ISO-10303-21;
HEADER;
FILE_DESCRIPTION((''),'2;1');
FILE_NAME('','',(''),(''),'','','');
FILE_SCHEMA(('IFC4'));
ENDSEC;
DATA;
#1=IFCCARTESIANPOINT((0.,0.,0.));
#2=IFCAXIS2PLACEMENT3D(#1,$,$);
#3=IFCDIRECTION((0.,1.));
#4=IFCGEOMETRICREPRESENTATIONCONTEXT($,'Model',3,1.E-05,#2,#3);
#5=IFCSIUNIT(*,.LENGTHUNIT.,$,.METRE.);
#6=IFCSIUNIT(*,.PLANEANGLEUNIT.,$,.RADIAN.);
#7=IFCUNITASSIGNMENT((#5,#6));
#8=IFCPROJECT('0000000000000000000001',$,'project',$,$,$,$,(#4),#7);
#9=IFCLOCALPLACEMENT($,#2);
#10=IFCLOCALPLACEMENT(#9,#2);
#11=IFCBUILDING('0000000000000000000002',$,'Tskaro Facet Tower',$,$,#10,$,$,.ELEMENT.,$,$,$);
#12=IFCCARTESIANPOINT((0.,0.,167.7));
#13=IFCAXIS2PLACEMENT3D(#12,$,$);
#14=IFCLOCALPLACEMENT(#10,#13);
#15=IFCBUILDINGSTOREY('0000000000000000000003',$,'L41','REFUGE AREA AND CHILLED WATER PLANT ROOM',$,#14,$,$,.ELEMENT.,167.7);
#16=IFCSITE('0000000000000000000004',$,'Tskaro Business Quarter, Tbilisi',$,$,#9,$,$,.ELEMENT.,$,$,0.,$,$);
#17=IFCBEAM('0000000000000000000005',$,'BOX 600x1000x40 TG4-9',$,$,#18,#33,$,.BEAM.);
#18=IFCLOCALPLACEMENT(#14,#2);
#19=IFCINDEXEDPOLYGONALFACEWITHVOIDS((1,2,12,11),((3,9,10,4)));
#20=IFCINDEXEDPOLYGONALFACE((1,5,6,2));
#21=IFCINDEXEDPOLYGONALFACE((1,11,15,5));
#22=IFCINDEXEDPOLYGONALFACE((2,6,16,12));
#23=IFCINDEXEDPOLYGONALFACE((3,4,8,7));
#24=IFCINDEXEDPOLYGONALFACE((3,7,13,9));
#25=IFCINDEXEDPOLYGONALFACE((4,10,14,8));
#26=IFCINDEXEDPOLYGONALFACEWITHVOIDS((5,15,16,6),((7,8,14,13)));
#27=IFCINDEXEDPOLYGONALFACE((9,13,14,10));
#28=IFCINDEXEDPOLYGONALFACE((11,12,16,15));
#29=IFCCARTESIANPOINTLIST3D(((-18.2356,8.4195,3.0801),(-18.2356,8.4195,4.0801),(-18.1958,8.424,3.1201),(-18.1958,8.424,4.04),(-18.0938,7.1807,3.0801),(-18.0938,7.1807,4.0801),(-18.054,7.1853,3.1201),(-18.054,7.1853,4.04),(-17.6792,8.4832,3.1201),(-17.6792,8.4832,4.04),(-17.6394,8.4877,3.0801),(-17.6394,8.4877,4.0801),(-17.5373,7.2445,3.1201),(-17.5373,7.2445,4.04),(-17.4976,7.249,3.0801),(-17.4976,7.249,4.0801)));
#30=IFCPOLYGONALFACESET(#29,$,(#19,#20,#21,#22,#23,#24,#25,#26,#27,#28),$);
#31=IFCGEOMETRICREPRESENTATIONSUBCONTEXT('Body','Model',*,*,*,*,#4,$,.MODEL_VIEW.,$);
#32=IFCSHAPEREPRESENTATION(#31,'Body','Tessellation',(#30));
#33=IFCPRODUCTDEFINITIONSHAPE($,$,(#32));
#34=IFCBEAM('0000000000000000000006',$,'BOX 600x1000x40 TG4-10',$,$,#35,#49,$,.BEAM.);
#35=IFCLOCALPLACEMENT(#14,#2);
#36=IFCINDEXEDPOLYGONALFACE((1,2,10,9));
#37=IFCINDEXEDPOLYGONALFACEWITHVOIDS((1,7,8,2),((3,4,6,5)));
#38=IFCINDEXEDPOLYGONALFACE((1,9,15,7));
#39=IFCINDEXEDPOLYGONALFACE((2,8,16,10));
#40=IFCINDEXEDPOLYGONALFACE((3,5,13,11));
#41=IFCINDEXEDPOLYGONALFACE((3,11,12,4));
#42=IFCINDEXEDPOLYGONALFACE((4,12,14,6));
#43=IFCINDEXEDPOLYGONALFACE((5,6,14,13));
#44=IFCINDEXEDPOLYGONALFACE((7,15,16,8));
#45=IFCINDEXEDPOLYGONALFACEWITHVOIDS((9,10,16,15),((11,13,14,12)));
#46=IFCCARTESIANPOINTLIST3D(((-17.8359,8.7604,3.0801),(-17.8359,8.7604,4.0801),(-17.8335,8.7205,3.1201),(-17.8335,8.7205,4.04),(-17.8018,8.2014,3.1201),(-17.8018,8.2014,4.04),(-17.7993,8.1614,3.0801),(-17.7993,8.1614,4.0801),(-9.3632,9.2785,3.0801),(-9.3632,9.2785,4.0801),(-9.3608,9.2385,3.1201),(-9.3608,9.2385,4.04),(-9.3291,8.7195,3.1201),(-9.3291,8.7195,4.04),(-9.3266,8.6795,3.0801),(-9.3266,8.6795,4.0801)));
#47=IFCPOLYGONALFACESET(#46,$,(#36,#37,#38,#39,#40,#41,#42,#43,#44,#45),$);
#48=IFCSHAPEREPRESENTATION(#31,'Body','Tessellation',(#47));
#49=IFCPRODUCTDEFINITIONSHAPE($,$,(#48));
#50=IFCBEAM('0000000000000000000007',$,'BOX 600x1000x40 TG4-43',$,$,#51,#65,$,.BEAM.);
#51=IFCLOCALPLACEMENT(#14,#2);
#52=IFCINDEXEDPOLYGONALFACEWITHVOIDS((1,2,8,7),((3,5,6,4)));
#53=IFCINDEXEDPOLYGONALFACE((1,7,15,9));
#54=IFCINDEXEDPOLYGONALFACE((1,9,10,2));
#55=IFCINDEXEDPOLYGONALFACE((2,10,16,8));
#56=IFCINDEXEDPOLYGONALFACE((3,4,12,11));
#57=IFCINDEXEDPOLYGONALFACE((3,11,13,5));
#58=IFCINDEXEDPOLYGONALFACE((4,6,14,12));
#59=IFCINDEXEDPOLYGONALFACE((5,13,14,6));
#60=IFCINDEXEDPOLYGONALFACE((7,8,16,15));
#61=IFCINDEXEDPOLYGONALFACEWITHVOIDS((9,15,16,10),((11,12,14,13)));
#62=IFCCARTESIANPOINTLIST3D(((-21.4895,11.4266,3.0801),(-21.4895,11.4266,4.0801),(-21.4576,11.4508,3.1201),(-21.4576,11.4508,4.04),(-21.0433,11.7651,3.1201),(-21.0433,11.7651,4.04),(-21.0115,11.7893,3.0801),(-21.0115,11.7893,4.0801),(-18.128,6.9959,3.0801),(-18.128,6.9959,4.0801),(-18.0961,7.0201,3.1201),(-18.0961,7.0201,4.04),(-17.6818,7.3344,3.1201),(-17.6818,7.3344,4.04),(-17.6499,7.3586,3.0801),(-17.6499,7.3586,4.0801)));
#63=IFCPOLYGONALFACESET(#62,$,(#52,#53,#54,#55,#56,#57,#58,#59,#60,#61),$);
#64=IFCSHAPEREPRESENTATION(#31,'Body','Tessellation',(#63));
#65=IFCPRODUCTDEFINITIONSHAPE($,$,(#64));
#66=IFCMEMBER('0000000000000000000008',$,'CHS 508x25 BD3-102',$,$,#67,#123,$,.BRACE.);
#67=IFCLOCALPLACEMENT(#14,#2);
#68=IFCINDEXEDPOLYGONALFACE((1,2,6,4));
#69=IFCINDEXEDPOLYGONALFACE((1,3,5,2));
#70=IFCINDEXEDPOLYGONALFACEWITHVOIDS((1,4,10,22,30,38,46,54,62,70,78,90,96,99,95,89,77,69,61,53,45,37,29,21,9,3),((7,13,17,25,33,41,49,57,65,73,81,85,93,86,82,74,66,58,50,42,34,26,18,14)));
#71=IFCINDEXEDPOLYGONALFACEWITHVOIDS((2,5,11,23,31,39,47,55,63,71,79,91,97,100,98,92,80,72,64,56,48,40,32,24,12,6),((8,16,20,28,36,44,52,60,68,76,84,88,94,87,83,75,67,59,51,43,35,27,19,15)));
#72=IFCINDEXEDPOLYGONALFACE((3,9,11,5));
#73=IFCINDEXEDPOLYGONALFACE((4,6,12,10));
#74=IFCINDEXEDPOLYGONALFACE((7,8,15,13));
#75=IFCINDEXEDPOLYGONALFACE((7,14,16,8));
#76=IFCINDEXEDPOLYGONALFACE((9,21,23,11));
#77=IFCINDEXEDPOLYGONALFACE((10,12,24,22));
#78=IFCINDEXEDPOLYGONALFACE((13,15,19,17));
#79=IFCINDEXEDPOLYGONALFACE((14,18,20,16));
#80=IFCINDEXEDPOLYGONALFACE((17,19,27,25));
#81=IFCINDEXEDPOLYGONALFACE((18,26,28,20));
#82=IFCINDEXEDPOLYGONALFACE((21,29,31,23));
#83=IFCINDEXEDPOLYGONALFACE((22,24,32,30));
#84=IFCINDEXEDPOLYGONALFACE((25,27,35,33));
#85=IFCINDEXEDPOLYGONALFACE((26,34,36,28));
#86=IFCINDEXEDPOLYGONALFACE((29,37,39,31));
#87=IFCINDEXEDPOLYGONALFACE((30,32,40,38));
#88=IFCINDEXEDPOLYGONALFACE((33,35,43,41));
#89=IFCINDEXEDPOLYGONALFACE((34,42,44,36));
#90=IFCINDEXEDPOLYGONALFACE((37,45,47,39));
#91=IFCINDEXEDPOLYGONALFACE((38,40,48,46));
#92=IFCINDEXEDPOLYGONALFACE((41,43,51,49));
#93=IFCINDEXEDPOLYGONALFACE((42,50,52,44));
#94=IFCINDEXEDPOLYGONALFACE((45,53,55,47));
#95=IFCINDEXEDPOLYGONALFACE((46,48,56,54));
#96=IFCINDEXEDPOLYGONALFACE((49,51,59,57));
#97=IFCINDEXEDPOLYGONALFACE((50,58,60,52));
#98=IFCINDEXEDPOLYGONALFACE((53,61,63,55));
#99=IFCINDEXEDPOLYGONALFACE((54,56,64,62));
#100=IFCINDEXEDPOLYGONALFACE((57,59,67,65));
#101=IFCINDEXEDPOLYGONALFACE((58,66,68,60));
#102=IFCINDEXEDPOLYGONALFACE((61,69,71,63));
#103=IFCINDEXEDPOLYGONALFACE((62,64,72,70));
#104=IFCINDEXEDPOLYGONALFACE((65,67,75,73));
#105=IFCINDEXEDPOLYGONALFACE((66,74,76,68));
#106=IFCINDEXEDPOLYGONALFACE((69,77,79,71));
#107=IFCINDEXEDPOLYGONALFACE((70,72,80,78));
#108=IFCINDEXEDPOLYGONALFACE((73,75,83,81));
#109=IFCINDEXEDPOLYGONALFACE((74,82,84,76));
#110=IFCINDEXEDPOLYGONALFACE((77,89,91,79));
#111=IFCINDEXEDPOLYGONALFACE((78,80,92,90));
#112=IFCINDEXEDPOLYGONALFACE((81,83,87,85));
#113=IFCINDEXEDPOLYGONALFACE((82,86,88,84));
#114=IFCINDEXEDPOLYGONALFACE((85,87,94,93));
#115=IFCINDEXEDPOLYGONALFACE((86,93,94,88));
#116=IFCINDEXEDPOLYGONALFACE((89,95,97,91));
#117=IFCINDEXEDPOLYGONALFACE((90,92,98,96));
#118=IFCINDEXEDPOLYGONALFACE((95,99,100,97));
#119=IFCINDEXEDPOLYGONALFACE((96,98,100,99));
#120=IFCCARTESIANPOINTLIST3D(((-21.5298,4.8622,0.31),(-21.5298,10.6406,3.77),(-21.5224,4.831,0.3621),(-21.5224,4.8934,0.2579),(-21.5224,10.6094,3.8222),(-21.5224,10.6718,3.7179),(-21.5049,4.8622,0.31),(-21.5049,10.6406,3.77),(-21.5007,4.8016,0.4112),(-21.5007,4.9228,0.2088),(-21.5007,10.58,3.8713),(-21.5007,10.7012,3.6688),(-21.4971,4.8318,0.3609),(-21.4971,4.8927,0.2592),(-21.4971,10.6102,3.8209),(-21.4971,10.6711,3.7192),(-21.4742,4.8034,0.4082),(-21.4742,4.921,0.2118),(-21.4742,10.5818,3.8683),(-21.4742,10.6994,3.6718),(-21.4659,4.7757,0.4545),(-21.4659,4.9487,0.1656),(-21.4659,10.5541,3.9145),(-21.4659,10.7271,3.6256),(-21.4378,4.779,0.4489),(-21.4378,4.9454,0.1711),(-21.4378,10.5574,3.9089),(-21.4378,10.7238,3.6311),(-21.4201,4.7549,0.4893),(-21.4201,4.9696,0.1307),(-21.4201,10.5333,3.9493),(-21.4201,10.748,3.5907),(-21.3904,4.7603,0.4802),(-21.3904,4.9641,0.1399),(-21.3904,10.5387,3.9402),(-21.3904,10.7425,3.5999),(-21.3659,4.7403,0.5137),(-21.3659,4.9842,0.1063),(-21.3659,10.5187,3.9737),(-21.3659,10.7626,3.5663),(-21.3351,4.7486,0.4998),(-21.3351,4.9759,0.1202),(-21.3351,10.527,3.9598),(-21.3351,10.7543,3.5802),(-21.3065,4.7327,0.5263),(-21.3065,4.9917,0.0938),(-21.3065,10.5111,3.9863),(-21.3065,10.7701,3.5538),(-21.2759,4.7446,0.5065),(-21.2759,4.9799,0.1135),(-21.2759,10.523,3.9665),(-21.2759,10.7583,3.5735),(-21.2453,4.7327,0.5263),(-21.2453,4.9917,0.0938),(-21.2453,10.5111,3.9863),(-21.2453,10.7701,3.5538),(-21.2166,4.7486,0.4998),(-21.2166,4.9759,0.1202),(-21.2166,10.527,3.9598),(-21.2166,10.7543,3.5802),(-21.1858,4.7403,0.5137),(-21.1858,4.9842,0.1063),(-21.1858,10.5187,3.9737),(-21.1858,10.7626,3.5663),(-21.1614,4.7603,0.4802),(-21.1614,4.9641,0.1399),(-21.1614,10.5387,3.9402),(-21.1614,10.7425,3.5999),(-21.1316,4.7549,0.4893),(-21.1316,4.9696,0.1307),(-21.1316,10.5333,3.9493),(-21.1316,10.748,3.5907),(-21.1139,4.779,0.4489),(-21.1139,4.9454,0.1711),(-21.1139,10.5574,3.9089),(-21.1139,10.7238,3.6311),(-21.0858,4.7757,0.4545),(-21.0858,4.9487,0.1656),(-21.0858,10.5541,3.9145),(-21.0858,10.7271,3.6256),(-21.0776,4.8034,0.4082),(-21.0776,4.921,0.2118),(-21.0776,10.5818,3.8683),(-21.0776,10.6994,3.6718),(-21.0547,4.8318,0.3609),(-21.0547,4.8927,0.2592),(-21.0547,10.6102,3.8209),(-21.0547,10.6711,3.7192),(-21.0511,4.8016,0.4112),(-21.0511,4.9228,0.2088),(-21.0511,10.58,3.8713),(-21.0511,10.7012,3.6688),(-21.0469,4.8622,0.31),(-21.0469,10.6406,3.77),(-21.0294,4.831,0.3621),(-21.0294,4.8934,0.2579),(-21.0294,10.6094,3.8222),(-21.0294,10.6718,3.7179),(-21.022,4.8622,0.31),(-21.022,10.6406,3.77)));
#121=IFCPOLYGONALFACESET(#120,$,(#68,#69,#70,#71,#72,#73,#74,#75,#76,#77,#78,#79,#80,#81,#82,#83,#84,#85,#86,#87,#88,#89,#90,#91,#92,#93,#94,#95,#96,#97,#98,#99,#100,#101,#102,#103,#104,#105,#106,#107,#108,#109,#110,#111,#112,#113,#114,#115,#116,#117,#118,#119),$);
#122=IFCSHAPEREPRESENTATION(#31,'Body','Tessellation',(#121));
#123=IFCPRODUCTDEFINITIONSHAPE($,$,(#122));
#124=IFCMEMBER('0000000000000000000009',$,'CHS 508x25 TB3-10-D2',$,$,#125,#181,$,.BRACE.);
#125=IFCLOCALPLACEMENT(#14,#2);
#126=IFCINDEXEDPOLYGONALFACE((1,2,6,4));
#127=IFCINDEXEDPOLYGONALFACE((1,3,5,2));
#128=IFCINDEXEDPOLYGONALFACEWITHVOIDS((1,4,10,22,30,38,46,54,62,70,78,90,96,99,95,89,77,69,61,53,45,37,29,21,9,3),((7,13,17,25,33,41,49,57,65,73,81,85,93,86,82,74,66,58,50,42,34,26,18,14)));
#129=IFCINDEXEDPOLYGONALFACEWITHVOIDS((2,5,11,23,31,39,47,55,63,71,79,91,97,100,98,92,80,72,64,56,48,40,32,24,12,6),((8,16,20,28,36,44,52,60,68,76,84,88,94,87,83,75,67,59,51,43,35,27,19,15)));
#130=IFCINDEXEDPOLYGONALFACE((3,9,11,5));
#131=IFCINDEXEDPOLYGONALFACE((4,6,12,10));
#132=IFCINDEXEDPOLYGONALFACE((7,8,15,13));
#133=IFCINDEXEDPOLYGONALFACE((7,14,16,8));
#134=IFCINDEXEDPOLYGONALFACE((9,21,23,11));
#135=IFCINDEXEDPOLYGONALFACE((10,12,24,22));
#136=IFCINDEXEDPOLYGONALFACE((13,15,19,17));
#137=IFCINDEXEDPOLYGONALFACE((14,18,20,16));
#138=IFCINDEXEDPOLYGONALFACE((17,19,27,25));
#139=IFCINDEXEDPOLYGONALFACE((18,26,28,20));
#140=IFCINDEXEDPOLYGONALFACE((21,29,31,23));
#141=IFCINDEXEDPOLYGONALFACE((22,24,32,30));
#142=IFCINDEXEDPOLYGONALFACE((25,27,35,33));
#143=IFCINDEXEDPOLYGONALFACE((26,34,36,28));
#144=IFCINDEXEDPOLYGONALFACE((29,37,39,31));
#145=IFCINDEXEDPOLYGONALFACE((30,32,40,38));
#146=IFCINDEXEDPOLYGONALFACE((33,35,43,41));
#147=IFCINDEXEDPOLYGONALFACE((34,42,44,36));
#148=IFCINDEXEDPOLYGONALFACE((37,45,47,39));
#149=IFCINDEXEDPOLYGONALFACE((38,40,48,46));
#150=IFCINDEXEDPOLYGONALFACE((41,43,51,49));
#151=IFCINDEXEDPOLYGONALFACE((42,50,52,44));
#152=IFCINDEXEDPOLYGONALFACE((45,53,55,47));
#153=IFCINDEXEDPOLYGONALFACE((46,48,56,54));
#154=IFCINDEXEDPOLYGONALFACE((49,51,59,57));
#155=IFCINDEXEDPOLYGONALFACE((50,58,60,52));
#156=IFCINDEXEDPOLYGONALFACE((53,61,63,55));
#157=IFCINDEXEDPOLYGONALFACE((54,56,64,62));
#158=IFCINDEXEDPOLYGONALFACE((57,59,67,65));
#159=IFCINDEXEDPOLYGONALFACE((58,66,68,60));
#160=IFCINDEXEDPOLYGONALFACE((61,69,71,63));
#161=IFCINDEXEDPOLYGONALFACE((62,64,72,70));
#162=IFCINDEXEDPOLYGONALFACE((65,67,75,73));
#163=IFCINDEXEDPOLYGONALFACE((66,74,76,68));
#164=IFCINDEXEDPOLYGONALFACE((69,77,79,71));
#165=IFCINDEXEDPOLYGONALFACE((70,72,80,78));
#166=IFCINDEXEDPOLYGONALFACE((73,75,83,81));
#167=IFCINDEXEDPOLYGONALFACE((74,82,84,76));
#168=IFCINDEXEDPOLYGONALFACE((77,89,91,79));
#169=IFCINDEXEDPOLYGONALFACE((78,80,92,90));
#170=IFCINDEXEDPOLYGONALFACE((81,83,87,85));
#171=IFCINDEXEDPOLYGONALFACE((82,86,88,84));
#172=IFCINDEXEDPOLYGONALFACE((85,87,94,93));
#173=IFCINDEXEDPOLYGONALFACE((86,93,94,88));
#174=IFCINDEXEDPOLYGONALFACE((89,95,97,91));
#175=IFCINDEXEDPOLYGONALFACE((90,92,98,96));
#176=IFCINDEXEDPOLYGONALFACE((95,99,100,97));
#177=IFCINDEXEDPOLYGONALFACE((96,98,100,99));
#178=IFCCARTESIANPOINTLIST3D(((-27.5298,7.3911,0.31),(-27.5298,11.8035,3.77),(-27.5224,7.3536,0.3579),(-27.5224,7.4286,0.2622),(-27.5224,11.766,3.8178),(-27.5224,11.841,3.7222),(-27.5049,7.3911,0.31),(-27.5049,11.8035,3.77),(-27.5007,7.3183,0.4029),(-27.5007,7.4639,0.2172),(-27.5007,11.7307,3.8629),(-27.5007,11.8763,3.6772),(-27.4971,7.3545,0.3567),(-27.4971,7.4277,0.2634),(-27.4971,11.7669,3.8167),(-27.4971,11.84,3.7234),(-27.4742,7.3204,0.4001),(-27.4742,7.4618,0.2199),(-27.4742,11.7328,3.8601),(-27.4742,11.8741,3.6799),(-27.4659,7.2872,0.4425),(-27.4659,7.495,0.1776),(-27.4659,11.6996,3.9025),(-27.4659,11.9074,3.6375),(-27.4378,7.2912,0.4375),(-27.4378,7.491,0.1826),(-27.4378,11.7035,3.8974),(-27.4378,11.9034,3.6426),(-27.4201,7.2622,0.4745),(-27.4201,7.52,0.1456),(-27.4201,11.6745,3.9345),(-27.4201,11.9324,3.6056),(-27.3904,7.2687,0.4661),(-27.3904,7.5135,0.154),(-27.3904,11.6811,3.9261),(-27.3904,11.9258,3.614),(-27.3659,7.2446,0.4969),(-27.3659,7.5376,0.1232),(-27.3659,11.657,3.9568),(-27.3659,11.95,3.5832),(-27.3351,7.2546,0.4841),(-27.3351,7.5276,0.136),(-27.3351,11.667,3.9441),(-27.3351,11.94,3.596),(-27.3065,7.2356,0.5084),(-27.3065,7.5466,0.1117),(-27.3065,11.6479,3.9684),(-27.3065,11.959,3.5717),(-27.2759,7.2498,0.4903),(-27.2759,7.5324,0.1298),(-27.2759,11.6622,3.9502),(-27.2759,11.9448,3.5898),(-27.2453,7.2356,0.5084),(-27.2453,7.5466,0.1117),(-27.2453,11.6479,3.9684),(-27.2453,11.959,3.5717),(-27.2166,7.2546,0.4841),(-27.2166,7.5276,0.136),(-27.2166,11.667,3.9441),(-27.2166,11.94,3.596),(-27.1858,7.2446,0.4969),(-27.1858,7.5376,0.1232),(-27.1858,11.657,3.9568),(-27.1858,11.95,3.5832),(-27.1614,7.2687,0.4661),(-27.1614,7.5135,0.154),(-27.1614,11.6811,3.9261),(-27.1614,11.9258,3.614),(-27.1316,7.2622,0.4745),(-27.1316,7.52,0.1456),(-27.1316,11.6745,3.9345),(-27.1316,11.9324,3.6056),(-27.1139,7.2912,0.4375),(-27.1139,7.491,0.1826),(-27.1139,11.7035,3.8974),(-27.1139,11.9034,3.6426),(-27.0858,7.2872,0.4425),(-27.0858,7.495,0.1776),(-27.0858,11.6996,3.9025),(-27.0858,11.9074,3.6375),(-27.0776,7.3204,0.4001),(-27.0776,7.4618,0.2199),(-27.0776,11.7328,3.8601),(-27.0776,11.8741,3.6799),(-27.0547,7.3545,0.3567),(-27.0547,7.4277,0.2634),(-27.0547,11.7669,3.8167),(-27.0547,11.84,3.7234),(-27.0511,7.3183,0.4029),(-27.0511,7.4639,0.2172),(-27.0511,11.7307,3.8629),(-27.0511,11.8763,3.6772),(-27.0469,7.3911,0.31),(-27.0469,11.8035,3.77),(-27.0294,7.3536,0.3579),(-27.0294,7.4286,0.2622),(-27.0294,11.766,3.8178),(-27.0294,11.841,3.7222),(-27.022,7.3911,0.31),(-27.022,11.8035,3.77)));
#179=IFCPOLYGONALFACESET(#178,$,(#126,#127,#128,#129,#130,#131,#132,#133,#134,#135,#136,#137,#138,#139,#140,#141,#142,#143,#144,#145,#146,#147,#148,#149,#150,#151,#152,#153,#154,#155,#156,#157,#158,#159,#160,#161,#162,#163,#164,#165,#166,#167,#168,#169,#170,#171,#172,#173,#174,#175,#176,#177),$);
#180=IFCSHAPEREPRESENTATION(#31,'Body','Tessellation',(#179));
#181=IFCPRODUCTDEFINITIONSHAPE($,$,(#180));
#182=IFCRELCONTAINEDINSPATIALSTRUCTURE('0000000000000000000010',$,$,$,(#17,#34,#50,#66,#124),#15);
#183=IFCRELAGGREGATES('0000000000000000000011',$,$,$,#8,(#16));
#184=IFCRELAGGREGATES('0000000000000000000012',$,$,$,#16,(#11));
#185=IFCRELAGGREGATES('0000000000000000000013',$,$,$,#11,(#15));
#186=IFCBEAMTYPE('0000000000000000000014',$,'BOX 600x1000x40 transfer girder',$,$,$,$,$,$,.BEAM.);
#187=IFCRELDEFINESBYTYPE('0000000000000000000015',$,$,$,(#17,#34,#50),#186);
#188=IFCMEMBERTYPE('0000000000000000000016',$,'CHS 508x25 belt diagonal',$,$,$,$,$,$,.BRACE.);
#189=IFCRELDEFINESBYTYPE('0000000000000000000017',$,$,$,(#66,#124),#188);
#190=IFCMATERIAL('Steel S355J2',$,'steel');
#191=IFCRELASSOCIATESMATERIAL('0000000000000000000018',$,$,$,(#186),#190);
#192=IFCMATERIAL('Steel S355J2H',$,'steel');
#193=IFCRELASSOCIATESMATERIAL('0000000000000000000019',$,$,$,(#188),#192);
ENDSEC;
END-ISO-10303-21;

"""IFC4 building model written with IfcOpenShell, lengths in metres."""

from ifc_helpers import new_model, si_unit, direction, frame, origin, origin_2d, place, context, subcontext, project, spatial, hollow_rectangle, hollow_circle, extrude, material, material_profile, profile_set, type_object, element, save


model = new_model("IFC4")

# Units and contexts
model_context = context("Model", 3, precision=1e-05, world=origin(), true_north=direction((0.0, 1.0)))
body_context = subcontext(model_context, "Body", "Model", "MODEL_VIEW")
ifc_project = project(units=[si_unit("LENGTHUNIT", "METRE"), si_unit("PLANEANGLEUNIT", "RADIAN")], contexts=[model_context])

# Site, building, storey
site_placement = place(None, origin())
site = spatial("IfcSite", under=ifc_project, at=site_placement, Name="Tskaro Business Quarter, Tbilisi", CompositionType="ELEMENT", RefElevation=0.0)
building_placement = place(site_placement, origin())
building = spatial("IfcBuilding", under=site, at=building_placement, Name="Tskaro Facet Tower", CompositionType="ELEMENT")
storey_placement = place(building_placement, frame((0.0, 0.0, 167.7)))
storey = spatial("IfcBuildingStorey", under=building, at=storey_placement, Name="L41", Description="REFUGE AREA AND CHILLED WATER PLANT ROOM", CompositionType="ELEMENT", Elevation=167.7)

# Beams
ifc_material_1 = material(Name="Steel S355J2", Category="steel")
ifc_material_profile_1 = material_profile(ifc_material_1, hollow_rectangle(XDim=0.6001, YDim=1.0, WallThickness=0.04, at=origin_2d()), Name="BOX 600x1000x40")
ifc_profile_set_1 = profile_set([ifc_material_profile_1], Name="Steel S355J2")
beam_type_1 = type_object("IfcBeamType", Name="BOX 600x1000x40 transfer girder", PredefinedType="BEAM", material=ifc_profile_set_1)
beam_1_placement = place(storey_placement, frame((-17.9375, 8.4536, 3.5801), z_axis=(0.113762, -0.993508, 0.0), x_axis=(0.993508, 0.113762, 0.0)))
element("IfcBeam", 1, at=beam_1_placement, inside=storey, type_object=beam_type_1, Name="BOX 600x1000x40 TG4-9", PredefinedType="BEAM", context=body_context, shape_type="SweptSolid", body=[
    extrude(hollow_rectangle(XDim=0.6001, YDim=1.0, WallThickness=0.04, at=origin_2d()), origin(), (0.0, 0.0, 1.0), 1.2468),
])
beam_2_placement = place(storey_placement, frame((-17.8176, 8.4609, 3.5801), z_axis=(0.998136, 0.061032, 0.0), x_axis=(-0.061032, 0.998136, 0.0)))
element("IfcBeam", 2, at=beam_2_placement, inside=storey, type_object=beam_type_1, Name="BOX 600x1000x40 TG4-10", PredefinedType="BEAM", context=body_context, shape_type="SweptSolid", body=[
    extrude(hollow_rectangle(XDim=0.6001, YDim=1.0, WallThickness=0.04, at=origin_2d()), origin(), (0.0, 0.0, 1.0), 8.4885),
])
beam_3_placement = place(storey_placement, frame((-21.2505, 11.6079, 3.5801), z_axis=(0.60443, -0.796658, 0.0), x_axis=(0.796658, 0.60443, 0.0)))
element("IfcBeam", 3, at=beam_3_placement, inside=storey, type_object=beam_type_1, Name="BOX 600x1000x40 TG4-43", PredefinedType="BEAM", context=body_context, shape_type="SweptSolid", body=[
    extrude(hollow_rectangle(XDim=0.6001, YDim=1.0, WallThickness=0.04, at=origin_2d()), origin(), (0.0, 0.0, 1.0), 5.5615),
])

# Members
ifc_material_2 = material(Name="Steel S355J2H", Category="steel")
ifc_material_profile_2 = material_profile(ifc_material_2, hollow_circle(Radius=0.2539, WallThickness=0.0249, at=origin_2d()), Name="CHS 508x25")
ifc_profile_set_2 = profile_set([ifc_material_profile_2], Name="Steel S355J2H")
member_type_1 = type_object("IfcMemberType", Name="CHS 508x25 belt diagonal", PredefinedType="BRACE", material=ifc_profile_set_2)
member_1_placement = place(storey_placement, frame((-21.2759, 10.6406, 3.77), z_axis=(0.0, -0.857953, -0.513728), x_axis=(1.0, 0.0, 0.0)))
element("IfcMember", 4, at=member_1_placement, inside=storey, type_object=member_type_1, Name="CHS 508x25 BD3-102", PredefinedType="BRACE", context=body_context, shape_type="SweptSolid", body=[
    extrude(hollow_circle(Radius=0.2539, WallThickness=0.0249, at=origin_2d()), origin(), (0.0, 0.0, 1.0), 6.7351),
])
member_2_placement = place(storey_placement, frame((-27.2759, 11.8035, 3.77), z_axis=(0.0, -0.786915, -0.617062), x_axis=(1.0, 0.0, 0.0)))
element("IfcMember", 5, at=member_2_placement, inside=storey, type_object=member_type_1, Name="CHS 508x25 TB3-10-D2", PredefinedType="BRACE", context=body_context, shape_type="SweptSolid", body=[
    extrude(hollow_circle(Radius=0.2539, WallThickness=0.0249, at=origin_2d()), origin(), (0.0, 0.0, 1.0), 5.6072),
])

save(model, "model.ifc")
